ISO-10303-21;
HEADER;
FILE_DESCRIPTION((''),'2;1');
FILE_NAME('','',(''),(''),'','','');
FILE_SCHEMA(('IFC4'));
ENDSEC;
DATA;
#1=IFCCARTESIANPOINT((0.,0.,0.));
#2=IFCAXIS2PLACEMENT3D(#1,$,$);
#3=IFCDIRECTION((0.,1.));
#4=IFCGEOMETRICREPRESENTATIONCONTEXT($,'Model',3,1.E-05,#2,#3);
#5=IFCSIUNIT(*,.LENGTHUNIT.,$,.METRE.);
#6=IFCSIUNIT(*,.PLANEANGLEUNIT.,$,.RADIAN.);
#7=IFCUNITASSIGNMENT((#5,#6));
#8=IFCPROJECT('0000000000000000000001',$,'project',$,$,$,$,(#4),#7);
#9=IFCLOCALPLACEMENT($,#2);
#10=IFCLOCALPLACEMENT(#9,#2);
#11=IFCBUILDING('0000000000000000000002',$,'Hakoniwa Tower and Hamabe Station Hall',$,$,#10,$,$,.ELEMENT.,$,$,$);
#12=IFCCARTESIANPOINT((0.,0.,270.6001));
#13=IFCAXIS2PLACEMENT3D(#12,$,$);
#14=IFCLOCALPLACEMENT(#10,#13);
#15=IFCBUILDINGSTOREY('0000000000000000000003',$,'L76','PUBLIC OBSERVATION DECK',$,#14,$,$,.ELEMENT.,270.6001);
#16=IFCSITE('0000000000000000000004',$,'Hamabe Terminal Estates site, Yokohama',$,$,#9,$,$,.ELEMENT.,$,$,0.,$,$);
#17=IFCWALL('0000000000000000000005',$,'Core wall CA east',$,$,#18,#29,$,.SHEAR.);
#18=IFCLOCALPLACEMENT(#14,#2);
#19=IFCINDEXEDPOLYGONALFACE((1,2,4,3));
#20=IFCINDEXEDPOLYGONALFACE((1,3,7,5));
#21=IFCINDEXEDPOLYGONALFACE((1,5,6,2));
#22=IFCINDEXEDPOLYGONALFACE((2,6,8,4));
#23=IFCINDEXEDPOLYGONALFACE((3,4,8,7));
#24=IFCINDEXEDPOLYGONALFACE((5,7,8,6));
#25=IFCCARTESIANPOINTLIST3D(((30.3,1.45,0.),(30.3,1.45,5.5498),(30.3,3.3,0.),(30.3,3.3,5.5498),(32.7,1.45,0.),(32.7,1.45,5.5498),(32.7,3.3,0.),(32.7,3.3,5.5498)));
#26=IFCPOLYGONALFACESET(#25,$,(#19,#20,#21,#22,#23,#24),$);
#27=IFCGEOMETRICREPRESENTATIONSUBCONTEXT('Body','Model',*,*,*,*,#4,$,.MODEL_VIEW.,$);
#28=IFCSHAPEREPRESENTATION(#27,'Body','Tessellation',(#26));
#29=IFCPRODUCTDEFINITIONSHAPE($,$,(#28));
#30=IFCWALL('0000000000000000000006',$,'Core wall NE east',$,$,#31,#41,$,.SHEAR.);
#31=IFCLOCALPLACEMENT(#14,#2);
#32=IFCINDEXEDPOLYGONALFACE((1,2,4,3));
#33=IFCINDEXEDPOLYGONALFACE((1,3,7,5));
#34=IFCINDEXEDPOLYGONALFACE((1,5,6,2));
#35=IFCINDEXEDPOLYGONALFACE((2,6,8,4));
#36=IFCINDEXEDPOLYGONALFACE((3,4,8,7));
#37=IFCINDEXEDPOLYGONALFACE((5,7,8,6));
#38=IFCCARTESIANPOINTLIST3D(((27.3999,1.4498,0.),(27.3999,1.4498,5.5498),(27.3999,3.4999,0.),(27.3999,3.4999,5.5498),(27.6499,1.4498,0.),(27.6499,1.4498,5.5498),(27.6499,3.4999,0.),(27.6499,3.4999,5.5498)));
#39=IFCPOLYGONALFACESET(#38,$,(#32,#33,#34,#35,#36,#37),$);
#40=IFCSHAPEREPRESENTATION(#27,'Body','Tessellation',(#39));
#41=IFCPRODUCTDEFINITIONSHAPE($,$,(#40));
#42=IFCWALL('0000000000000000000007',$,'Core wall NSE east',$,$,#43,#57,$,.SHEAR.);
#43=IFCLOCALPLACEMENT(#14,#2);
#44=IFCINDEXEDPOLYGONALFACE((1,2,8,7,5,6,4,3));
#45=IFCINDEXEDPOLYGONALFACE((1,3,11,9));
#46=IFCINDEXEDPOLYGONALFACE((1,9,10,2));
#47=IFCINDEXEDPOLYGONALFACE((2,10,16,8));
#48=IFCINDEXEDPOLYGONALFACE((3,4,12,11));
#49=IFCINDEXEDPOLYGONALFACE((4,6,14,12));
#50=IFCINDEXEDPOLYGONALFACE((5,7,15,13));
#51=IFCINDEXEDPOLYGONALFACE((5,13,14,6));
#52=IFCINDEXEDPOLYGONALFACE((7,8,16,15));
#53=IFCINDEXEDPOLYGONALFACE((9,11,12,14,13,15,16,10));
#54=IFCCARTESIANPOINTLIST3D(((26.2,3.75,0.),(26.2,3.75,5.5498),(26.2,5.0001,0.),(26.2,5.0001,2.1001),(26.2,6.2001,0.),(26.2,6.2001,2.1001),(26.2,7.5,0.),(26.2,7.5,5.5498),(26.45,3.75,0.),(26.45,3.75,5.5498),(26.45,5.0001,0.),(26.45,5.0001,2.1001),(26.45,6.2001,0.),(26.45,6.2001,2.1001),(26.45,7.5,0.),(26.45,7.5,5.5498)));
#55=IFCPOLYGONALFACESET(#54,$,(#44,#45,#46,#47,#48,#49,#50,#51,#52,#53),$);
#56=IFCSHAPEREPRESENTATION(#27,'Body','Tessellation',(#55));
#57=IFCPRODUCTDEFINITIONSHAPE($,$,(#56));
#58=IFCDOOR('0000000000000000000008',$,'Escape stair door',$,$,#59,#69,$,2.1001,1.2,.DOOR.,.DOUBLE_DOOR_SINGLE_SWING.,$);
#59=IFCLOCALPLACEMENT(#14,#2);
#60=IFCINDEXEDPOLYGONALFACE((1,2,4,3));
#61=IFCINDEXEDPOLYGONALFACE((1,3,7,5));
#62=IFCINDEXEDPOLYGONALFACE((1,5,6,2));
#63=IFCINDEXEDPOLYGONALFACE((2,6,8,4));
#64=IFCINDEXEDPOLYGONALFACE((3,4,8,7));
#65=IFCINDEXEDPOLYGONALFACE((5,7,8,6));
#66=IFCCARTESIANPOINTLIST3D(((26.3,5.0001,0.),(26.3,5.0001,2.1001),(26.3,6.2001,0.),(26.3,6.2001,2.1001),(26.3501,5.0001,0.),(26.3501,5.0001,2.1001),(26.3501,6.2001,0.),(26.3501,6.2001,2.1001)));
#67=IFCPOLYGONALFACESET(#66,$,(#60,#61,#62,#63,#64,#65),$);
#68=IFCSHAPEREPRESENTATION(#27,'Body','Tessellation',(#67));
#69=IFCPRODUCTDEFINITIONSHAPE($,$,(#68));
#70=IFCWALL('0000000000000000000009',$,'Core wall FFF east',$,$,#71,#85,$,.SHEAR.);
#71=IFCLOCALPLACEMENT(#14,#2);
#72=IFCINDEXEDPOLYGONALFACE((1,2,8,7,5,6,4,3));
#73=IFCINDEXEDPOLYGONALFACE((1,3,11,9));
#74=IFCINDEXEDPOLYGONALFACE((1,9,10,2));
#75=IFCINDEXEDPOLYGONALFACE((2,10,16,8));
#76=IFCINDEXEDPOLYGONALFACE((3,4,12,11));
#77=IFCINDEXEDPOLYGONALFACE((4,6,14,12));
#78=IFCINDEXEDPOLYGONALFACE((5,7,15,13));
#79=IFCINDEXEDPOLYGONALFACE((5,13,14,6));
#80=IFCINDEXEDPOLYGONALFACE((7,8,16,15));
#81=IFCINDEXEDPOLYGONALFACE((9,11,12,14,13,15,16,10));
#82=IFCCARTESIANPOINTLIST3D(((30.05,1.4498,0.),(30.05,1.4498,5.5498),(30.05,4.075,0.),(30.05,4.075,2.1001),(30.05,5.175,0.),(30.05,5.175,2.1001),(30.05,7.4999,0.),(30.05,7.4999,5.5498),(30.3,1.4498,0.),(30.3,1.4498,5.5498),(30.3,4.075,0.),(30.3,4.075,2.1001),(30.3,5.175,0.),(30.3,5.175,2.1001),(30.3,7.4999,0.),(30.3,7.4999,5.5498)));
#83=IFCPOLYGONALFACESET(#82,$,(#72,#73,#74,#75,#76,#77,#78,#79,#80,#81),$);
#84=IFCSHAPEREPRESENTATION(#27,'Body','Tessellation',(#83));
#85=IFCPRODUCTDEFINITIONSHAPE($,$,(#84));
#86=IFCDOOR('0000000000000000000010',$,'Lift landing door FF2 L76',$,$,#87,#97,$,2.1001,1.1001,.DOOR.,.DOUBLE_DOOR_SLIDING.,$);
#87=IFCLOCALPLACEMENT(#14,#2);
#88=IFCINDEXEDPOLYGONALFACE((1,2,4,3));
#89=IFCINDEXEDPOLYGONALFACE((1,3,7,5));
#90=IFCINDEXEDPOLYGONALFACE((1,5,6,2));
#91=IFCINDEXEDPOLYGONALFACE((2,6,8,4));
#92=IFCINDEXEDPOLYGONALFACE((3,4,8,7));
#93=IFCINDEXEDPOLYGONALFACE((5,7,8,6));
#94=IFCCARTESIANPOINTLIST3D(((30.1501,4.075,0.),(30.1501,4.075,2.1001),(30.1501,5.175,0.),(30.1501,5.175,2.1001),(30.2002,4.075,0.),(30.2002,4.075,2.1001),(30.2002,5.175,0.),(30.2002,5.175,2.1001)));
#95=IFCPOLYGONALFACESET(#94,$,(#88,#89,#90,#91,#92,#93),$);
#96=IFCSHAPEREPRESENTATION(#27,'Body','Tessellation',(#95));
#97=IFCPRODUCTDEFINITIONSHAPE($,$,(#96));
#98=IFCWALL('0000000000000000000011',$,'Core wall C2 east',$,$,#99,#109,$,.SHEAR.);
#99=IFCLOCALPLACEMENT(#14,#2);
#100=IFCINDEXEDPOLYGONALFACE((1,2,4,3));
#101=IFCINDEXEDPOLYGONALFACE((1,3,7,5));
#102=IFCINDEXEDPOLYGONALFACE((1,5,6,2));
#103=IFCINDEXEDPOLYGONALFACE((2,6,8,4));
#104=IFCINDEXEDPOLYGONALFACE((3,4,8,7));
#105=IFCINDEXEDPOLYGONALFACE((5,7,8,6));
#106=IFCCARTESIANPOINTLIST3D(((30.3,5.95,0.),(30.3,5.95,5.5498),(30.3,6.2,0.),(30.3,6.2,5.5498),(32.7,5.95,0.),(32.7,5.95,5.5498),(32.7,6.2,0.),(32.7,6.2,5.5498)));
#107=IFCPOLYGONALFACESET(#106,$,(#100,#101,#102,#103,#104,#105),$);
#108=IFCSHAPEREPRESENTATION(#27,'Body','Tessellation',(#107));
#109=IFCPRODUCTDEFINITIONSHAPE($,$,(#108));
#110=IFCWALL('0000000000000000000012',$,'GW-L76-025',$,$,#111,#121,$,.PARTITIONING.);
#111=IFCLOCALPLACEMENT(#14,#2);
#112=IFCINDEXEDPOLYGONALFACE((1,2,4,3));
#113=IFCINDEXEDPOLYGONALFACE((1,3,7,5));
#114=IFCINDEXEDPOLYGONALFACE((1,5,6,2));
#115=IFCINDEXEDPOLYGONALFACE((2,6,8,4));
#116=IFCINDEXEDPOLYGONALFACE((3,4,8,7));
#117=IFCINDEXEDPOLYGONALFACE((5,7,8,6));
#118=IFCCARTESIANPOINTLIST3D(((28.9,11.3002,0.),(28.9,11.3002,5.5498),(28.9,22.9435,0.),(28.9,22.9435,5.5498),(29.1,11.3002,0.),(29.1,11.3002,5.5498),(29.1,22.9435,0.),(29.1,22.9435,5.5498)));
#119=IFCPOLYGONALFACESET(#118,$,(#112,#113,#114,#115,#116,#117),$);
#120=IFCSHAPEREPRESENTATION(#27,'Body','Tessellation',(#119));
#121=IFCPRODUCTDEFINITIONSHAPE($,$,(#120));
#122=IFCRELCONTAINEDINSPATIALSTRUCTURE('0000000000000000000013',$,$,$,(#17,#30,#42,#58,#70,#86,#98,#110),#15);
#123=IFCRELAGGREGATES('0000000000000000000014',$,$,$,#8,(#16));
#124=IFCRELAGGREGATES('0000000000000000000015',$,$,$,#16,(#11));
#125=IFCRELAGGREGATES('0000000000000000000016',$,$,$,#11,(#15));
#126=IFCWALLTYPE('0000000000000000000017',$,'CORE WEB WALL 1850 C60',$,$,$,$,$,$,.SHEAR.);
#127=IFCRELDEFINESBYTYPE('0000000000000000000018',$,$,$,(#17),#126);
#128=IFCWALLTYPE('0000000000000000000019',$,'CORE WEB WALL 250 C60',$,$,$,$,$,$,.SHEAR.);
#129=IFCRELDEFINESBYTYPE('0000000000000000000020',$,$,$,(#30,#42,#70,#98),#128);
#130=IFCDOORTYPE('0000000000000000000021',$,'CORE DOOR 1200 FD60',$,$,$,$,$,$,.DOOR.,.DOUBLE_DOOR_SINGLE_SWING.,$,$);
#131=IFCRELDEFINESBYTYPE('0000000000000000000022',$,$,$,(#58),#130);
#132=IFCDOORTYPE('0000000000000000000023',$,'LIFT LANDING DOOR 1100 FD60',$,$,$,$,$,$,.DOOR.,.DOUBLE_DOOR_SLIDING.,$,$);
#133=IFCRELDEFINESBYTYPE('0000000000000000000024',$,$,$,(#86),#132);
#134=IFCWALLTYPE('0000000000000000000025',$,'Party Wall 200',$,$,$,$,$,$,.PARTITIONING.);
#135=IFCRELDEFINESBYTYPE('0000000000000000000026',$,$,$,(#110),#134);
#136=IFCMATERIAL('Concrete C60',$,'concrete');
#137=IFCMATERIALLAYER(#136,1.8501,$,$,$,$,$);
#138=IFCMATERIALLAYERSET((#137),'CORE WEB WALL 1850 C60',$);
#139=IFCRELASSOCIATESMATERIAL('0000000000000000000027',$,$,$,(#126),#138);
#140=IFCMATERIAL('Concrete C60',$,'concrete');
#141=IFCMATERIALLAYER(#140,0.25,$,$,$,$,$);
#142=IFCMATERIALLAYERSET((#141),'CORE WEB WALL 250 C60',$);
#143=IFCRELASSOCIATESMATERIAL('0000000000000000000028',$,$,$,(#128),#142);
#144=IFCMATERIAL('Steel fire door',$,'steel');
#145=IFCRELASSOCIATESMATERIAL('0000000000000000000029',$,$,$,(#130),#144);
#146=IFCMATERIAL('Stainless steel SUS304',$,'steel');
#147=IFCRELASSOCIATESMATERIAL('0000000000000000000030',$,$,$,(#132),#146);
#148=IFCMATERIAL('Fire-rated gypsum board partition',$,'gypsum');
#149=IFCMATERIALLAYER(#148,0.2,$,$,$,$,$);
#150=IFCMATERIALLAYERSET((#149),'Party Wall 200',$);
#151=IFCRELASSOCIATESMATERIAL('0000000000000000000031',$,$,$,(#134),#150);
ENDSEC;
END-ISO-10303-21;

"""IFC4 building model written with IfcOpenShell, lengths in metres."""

from ifc_helpers import new_model, si_unit, direction, frame, frame_2d, origin, place, context, subcontext, project, spatial, rectangle, extrude, material, layer, layer_set, type_object, element, fill, save


model = new_model("IFC4")

# Units and contexts
model_context = context("Model", 3, precision=1e-05, world=origin(), true_north=direction((0.0, 1.0)))
body_context = subcontext(model_context, "Body", "Model", "MODEL_VIEW")
ifc_project = project(units=[si_unit("LENGTHUNIT", "METRE"), si_unit("PLANEANGLEUNIT", "RADIAN")], contexts=[model_context])

# Site, building, storey
site_placement = place(None, origin())
site = spatial("IfcSite", under=ifc_project, at=site_placement, Name="Hamabe Terminal Estates site, Yokohama", CompositionType="ELEMENT", RefElevation=0.0)
building_placement = place(site_placement, origin())
building = spatial("IfcBuilding", under=site, at=building_placement, Name="Hakoniwa Tower and Hamabe Station Hall", CompositionType="ELEMENT")
storey_placement = place(building_placement, frame((0.0, 0.0, 270.6001)))
storey = spatial("IfcBuildingStorey", under=building, at=storey_placement, Name="L76", Description="PUBLIC OBSERVATION DECK", CompositionType="ELEMENT", Elevation=270.6001)

# Walls
ifc_material_1 = material(Name="Concrete C60", Category="concrete")
ifc_layer_1 = layer(ifc_material_1, 1.8501)
ifc_layer_set_1 = layer_set([ifc_layer_1], Name="CORE WEB WALL 1850 C60")
wall_type_1 = type_object("IfcWallType", Name="CORE WEB WALL 1850 C60", PredefinedType="SHEAR", material=ifc_layer_set_1)
wall_1_placement = place(storey_placement, frame((30.3, 2.375, 0.0), z_axis=(0.0, 0.0, 1.0), x_axis=(1.0, 0.0, 0.0)))
element("IfcWall", 1, at=wall_1_placement, inside=storey, type_object=wall_type_1, Name="Core wall CA east", PredefinedType="SHEAR", context=body_context, shape_type="SweptSolid", body=[
    extrude(rectangle(XDim=2.3999, YDim=1.8501, at=frame_2d((1.2, 0.0))), origin(), (0.0, 0.0, 1.0), 5.5498),
])
ifc_material_2 = material(Name="Concrete C60", Category="concrete")
ifc_layer_2 = layer(ifc_material_2, 0.25)
ifc_layer_set_2 = layer_set([ifc_layer_2], Name="CORE WEB WALL 250 C60")
wall_type_2 = type_object("IfcWallType", Name="CORE WEB WALL 250 C60", PredefinedType="SHEAR", material=ifc_layer_set_2)
wall_2_placement = place(storey_placement, frame((27.5249, 1.45, 0.0), z_axis=(0.0, 0.0, 1.0), x_axis=(0.0, 1.0, 0.0)))
element("IfcWall", 2, at=wall_2_placement, inside=storey, type_object=wall_type_2, Name="Core wall NE east", PredefinedType="SHEAR", context=body_context, shape_type="SweptSolid", body=[
    extrude(rectangle(XDim=2.05, YDim=0.25, at=frame_2d((1.0249, 0.0))), origin(), (0.0, 0.0, 1.0), 5.5498),
])

# Walls, openings, doors
wall_3_placement = place(storey_placement, frame((26.325, 3.75, 0.0), z_axis=(0.0, 0.0, 1.0), x_axis=(0.0, 1.0, 0.0)))
wall_3 = element("IfcWall", 3, at=wall_3_placement, inside=storey, type_object=wall_type_2, Name="Core wall NSE east", PredefinedType="SHEAR", context=body_context, shape_type="SweptSolid", body=[
    extrude(rectangle(XDim=3.75, YDim=0.25, at=frame_2d((1.875, 0.0))), origin(), (0.0, 0.0, 1.0), 5.5498),
])
opening_1_placement = place(wall_3_placement, frame((1.25, 0.0, 0.0)))
opening_1 = element("IfcOpeningElement", 4, at=opening_1_placement, cuts=wall_3, PredefinedType="OPENING", context=body_context, shape_type="SweptSolid", body=[
    extrude(rectangle(XDim=1.2, YDim=2.1001, at=frame_2d((0.6001, 1.05))), frame((0.0, 0.135, 0.0), z_axis=(0.0, -1.0, 0.0), x_axis=(1.0, 0.0, 0.0)), (0.0, 0.0, 1.0), 0.27),
])
ifc_material_3 = material(Name="Steel fire door", Category="steel")
door_type_1 = type_object("IfcDoorType", Name="CORE DOOR 1200 FD60", OperationType="DOUBLE_DOOR_SINGLE_SWING", PredefinedType="DOOR", material=ifc_material_3)
door_1_placement = place(opening_1_placement, origin())
door_1 = element("IfcDoor", 5, at=door_1_placement, inside=storey, type_object=door_type_1, Name="Escape stair door", OperationType="DOUBLE_DOOR_SINGLE_SWING", OverallHeight=2.1001, OverallWidth=1.2, PredefinedType="DOOR", context=body_context, shape_type="SweptSolid", body=[
    extrude(rectangle(XDim=1.2, YDim=2.1001, at=frame_2d((0.6001, 1.05))), frame((0.0, 0.0249, 0.0), z_axis=(0.0, -1.0, 0.0), x_axis=(1.0, 0.0, 0.0)), (0.0, 0.0, 1.0), 0.05),
])
fill(opening_1, door_1)
wall_4_placement = place(storey_placement, frame((30.175, 1.45, 0.0), z_axis=(0.0, 0.0, 1.0), x_axis=(0.0, 1.0, 0.0)))
wall_4 = element("IfcWall", 6, at=wall_4_placement, inside=storey, type_object=wall_type_2, Name="Core wall FFF east", PredefinedType="SHEAR", context=body_context, shape_type="SweptSolid", body=[
    extrude(rectangle(XDim=6.05, YDim=0.25, at=frame_2d((3.0249, 0.0))), origin(), (0.0, 0.0, 1.0), 5.5498),
])
opening_2_placement = place(wall_4_placement, frame((2.625, 0.0, 0.0)))
opening_2 = element("IfcOpeningElement", 7, at=opening_2_placement, cuts=wall_4, PredefinedType="OPENING", context=body_context, shape_type="SweptSolid", body=[
    extrude(rectangle(XDim=1.1001, YDim=2.1001, at=frame_2d((0.55, 1.05))), frame((0.0, 0.135, 0.0), z_axis=(0.0, -1.0, 0.0), x_axis=(1.0, 0.0, 0.0)), (0.0, 0.0, 1.0), 0.27),
])
ifc_material_4 = material(Name="Stainless steel SUS304", Category="steel")
door_type_2 = type_object("IfcDoorType", Name="LIFT LANDING DOOR 1100 FD60", OperationType="DOUBLE_DOOR_SLIDING", PredefinedType="DOOR", material=ifc_material_4)
door_2_placement = place(opening_2_placement, origin())
door_2 = element("IfcDoor", 8, at=door_2_placement, inside=storey, type_object=door_type_2, Name="Lift landing door FF2 L76", OperationType="DOUBLE_DOOR_SLIDING", OverallHeight=2.1001, OverallWidth=1.1001, PredefinedType="DOOR", context=body_context, shape_type="SweptSolid", body=[
    extrude(rectangle(XDim=1.1001, YDim=2.1001, at=frame_2d((0.55, 1.05))), frame((0.0, 0.0249, 0.0), z_axis=(0.0, -1.0, 0.0), x_axis=(1.0, 0.0, 0.0)), (0.0, 0.0, 1.0), 0.05),
])
fill(opening_2, door_2)

# Walls
wall_5_placement = place(storey_placement, frame((30.3, 6.075, 0.0), z_axis=(0.0, 0.0, 1.0), x_axis=(1.0, 0.0, 0.0)))
element("IfcWall", 9, at=wall_5_placement, inside=storey, type_object=wall_type_2, Name="Core wall C2 east", PredefinedType="SHEAR", context=body_context, shape_type="SweptSolid", body=[
    extrude(rectangle(XDim=2.3999, YDim=0.25, at=frame_2d((1.2, 0.0))), origin(), (0.0, 0.0, 1.0), 5.5498),
])
ifc_material_5 = material(Name="Fire-rated gypsum board partition", Category="gypsum")
ifc_layer_3 = layer(ifc_material_5, 0.2)
ifc_layer_set_3 = layer_set([ifc_layer_3], Name="Party Wall 200")
wall_type_3 = type_object("IfcWallType", Name="Party Wall 200", PredefinedType="PARTITIONING", material=ifc_layer_set_3)
wall_6_placement = place(storey_placement, frame((29.0, 11.3, 0.0), z_axis=(0.0, 0.0, 1.0), x_axis=(0.0, 1.0, 0.0)))
element("IfcWall", 10, at=wall_6_placement, inside=storey, type_object=wall_type_3, Name="GW-L76-025", PredefinedType="PARTITIONING", context=body_context, shape_type="SweptSolid", body=[
    extrude(rectangle(XDim=11.6433, YDim=0.2, at=frame_2d((5.8218, 0.0))), origin(), (0.0, 0.0, 1.0), 5.5498),
])

save(model, "model.ifc")
